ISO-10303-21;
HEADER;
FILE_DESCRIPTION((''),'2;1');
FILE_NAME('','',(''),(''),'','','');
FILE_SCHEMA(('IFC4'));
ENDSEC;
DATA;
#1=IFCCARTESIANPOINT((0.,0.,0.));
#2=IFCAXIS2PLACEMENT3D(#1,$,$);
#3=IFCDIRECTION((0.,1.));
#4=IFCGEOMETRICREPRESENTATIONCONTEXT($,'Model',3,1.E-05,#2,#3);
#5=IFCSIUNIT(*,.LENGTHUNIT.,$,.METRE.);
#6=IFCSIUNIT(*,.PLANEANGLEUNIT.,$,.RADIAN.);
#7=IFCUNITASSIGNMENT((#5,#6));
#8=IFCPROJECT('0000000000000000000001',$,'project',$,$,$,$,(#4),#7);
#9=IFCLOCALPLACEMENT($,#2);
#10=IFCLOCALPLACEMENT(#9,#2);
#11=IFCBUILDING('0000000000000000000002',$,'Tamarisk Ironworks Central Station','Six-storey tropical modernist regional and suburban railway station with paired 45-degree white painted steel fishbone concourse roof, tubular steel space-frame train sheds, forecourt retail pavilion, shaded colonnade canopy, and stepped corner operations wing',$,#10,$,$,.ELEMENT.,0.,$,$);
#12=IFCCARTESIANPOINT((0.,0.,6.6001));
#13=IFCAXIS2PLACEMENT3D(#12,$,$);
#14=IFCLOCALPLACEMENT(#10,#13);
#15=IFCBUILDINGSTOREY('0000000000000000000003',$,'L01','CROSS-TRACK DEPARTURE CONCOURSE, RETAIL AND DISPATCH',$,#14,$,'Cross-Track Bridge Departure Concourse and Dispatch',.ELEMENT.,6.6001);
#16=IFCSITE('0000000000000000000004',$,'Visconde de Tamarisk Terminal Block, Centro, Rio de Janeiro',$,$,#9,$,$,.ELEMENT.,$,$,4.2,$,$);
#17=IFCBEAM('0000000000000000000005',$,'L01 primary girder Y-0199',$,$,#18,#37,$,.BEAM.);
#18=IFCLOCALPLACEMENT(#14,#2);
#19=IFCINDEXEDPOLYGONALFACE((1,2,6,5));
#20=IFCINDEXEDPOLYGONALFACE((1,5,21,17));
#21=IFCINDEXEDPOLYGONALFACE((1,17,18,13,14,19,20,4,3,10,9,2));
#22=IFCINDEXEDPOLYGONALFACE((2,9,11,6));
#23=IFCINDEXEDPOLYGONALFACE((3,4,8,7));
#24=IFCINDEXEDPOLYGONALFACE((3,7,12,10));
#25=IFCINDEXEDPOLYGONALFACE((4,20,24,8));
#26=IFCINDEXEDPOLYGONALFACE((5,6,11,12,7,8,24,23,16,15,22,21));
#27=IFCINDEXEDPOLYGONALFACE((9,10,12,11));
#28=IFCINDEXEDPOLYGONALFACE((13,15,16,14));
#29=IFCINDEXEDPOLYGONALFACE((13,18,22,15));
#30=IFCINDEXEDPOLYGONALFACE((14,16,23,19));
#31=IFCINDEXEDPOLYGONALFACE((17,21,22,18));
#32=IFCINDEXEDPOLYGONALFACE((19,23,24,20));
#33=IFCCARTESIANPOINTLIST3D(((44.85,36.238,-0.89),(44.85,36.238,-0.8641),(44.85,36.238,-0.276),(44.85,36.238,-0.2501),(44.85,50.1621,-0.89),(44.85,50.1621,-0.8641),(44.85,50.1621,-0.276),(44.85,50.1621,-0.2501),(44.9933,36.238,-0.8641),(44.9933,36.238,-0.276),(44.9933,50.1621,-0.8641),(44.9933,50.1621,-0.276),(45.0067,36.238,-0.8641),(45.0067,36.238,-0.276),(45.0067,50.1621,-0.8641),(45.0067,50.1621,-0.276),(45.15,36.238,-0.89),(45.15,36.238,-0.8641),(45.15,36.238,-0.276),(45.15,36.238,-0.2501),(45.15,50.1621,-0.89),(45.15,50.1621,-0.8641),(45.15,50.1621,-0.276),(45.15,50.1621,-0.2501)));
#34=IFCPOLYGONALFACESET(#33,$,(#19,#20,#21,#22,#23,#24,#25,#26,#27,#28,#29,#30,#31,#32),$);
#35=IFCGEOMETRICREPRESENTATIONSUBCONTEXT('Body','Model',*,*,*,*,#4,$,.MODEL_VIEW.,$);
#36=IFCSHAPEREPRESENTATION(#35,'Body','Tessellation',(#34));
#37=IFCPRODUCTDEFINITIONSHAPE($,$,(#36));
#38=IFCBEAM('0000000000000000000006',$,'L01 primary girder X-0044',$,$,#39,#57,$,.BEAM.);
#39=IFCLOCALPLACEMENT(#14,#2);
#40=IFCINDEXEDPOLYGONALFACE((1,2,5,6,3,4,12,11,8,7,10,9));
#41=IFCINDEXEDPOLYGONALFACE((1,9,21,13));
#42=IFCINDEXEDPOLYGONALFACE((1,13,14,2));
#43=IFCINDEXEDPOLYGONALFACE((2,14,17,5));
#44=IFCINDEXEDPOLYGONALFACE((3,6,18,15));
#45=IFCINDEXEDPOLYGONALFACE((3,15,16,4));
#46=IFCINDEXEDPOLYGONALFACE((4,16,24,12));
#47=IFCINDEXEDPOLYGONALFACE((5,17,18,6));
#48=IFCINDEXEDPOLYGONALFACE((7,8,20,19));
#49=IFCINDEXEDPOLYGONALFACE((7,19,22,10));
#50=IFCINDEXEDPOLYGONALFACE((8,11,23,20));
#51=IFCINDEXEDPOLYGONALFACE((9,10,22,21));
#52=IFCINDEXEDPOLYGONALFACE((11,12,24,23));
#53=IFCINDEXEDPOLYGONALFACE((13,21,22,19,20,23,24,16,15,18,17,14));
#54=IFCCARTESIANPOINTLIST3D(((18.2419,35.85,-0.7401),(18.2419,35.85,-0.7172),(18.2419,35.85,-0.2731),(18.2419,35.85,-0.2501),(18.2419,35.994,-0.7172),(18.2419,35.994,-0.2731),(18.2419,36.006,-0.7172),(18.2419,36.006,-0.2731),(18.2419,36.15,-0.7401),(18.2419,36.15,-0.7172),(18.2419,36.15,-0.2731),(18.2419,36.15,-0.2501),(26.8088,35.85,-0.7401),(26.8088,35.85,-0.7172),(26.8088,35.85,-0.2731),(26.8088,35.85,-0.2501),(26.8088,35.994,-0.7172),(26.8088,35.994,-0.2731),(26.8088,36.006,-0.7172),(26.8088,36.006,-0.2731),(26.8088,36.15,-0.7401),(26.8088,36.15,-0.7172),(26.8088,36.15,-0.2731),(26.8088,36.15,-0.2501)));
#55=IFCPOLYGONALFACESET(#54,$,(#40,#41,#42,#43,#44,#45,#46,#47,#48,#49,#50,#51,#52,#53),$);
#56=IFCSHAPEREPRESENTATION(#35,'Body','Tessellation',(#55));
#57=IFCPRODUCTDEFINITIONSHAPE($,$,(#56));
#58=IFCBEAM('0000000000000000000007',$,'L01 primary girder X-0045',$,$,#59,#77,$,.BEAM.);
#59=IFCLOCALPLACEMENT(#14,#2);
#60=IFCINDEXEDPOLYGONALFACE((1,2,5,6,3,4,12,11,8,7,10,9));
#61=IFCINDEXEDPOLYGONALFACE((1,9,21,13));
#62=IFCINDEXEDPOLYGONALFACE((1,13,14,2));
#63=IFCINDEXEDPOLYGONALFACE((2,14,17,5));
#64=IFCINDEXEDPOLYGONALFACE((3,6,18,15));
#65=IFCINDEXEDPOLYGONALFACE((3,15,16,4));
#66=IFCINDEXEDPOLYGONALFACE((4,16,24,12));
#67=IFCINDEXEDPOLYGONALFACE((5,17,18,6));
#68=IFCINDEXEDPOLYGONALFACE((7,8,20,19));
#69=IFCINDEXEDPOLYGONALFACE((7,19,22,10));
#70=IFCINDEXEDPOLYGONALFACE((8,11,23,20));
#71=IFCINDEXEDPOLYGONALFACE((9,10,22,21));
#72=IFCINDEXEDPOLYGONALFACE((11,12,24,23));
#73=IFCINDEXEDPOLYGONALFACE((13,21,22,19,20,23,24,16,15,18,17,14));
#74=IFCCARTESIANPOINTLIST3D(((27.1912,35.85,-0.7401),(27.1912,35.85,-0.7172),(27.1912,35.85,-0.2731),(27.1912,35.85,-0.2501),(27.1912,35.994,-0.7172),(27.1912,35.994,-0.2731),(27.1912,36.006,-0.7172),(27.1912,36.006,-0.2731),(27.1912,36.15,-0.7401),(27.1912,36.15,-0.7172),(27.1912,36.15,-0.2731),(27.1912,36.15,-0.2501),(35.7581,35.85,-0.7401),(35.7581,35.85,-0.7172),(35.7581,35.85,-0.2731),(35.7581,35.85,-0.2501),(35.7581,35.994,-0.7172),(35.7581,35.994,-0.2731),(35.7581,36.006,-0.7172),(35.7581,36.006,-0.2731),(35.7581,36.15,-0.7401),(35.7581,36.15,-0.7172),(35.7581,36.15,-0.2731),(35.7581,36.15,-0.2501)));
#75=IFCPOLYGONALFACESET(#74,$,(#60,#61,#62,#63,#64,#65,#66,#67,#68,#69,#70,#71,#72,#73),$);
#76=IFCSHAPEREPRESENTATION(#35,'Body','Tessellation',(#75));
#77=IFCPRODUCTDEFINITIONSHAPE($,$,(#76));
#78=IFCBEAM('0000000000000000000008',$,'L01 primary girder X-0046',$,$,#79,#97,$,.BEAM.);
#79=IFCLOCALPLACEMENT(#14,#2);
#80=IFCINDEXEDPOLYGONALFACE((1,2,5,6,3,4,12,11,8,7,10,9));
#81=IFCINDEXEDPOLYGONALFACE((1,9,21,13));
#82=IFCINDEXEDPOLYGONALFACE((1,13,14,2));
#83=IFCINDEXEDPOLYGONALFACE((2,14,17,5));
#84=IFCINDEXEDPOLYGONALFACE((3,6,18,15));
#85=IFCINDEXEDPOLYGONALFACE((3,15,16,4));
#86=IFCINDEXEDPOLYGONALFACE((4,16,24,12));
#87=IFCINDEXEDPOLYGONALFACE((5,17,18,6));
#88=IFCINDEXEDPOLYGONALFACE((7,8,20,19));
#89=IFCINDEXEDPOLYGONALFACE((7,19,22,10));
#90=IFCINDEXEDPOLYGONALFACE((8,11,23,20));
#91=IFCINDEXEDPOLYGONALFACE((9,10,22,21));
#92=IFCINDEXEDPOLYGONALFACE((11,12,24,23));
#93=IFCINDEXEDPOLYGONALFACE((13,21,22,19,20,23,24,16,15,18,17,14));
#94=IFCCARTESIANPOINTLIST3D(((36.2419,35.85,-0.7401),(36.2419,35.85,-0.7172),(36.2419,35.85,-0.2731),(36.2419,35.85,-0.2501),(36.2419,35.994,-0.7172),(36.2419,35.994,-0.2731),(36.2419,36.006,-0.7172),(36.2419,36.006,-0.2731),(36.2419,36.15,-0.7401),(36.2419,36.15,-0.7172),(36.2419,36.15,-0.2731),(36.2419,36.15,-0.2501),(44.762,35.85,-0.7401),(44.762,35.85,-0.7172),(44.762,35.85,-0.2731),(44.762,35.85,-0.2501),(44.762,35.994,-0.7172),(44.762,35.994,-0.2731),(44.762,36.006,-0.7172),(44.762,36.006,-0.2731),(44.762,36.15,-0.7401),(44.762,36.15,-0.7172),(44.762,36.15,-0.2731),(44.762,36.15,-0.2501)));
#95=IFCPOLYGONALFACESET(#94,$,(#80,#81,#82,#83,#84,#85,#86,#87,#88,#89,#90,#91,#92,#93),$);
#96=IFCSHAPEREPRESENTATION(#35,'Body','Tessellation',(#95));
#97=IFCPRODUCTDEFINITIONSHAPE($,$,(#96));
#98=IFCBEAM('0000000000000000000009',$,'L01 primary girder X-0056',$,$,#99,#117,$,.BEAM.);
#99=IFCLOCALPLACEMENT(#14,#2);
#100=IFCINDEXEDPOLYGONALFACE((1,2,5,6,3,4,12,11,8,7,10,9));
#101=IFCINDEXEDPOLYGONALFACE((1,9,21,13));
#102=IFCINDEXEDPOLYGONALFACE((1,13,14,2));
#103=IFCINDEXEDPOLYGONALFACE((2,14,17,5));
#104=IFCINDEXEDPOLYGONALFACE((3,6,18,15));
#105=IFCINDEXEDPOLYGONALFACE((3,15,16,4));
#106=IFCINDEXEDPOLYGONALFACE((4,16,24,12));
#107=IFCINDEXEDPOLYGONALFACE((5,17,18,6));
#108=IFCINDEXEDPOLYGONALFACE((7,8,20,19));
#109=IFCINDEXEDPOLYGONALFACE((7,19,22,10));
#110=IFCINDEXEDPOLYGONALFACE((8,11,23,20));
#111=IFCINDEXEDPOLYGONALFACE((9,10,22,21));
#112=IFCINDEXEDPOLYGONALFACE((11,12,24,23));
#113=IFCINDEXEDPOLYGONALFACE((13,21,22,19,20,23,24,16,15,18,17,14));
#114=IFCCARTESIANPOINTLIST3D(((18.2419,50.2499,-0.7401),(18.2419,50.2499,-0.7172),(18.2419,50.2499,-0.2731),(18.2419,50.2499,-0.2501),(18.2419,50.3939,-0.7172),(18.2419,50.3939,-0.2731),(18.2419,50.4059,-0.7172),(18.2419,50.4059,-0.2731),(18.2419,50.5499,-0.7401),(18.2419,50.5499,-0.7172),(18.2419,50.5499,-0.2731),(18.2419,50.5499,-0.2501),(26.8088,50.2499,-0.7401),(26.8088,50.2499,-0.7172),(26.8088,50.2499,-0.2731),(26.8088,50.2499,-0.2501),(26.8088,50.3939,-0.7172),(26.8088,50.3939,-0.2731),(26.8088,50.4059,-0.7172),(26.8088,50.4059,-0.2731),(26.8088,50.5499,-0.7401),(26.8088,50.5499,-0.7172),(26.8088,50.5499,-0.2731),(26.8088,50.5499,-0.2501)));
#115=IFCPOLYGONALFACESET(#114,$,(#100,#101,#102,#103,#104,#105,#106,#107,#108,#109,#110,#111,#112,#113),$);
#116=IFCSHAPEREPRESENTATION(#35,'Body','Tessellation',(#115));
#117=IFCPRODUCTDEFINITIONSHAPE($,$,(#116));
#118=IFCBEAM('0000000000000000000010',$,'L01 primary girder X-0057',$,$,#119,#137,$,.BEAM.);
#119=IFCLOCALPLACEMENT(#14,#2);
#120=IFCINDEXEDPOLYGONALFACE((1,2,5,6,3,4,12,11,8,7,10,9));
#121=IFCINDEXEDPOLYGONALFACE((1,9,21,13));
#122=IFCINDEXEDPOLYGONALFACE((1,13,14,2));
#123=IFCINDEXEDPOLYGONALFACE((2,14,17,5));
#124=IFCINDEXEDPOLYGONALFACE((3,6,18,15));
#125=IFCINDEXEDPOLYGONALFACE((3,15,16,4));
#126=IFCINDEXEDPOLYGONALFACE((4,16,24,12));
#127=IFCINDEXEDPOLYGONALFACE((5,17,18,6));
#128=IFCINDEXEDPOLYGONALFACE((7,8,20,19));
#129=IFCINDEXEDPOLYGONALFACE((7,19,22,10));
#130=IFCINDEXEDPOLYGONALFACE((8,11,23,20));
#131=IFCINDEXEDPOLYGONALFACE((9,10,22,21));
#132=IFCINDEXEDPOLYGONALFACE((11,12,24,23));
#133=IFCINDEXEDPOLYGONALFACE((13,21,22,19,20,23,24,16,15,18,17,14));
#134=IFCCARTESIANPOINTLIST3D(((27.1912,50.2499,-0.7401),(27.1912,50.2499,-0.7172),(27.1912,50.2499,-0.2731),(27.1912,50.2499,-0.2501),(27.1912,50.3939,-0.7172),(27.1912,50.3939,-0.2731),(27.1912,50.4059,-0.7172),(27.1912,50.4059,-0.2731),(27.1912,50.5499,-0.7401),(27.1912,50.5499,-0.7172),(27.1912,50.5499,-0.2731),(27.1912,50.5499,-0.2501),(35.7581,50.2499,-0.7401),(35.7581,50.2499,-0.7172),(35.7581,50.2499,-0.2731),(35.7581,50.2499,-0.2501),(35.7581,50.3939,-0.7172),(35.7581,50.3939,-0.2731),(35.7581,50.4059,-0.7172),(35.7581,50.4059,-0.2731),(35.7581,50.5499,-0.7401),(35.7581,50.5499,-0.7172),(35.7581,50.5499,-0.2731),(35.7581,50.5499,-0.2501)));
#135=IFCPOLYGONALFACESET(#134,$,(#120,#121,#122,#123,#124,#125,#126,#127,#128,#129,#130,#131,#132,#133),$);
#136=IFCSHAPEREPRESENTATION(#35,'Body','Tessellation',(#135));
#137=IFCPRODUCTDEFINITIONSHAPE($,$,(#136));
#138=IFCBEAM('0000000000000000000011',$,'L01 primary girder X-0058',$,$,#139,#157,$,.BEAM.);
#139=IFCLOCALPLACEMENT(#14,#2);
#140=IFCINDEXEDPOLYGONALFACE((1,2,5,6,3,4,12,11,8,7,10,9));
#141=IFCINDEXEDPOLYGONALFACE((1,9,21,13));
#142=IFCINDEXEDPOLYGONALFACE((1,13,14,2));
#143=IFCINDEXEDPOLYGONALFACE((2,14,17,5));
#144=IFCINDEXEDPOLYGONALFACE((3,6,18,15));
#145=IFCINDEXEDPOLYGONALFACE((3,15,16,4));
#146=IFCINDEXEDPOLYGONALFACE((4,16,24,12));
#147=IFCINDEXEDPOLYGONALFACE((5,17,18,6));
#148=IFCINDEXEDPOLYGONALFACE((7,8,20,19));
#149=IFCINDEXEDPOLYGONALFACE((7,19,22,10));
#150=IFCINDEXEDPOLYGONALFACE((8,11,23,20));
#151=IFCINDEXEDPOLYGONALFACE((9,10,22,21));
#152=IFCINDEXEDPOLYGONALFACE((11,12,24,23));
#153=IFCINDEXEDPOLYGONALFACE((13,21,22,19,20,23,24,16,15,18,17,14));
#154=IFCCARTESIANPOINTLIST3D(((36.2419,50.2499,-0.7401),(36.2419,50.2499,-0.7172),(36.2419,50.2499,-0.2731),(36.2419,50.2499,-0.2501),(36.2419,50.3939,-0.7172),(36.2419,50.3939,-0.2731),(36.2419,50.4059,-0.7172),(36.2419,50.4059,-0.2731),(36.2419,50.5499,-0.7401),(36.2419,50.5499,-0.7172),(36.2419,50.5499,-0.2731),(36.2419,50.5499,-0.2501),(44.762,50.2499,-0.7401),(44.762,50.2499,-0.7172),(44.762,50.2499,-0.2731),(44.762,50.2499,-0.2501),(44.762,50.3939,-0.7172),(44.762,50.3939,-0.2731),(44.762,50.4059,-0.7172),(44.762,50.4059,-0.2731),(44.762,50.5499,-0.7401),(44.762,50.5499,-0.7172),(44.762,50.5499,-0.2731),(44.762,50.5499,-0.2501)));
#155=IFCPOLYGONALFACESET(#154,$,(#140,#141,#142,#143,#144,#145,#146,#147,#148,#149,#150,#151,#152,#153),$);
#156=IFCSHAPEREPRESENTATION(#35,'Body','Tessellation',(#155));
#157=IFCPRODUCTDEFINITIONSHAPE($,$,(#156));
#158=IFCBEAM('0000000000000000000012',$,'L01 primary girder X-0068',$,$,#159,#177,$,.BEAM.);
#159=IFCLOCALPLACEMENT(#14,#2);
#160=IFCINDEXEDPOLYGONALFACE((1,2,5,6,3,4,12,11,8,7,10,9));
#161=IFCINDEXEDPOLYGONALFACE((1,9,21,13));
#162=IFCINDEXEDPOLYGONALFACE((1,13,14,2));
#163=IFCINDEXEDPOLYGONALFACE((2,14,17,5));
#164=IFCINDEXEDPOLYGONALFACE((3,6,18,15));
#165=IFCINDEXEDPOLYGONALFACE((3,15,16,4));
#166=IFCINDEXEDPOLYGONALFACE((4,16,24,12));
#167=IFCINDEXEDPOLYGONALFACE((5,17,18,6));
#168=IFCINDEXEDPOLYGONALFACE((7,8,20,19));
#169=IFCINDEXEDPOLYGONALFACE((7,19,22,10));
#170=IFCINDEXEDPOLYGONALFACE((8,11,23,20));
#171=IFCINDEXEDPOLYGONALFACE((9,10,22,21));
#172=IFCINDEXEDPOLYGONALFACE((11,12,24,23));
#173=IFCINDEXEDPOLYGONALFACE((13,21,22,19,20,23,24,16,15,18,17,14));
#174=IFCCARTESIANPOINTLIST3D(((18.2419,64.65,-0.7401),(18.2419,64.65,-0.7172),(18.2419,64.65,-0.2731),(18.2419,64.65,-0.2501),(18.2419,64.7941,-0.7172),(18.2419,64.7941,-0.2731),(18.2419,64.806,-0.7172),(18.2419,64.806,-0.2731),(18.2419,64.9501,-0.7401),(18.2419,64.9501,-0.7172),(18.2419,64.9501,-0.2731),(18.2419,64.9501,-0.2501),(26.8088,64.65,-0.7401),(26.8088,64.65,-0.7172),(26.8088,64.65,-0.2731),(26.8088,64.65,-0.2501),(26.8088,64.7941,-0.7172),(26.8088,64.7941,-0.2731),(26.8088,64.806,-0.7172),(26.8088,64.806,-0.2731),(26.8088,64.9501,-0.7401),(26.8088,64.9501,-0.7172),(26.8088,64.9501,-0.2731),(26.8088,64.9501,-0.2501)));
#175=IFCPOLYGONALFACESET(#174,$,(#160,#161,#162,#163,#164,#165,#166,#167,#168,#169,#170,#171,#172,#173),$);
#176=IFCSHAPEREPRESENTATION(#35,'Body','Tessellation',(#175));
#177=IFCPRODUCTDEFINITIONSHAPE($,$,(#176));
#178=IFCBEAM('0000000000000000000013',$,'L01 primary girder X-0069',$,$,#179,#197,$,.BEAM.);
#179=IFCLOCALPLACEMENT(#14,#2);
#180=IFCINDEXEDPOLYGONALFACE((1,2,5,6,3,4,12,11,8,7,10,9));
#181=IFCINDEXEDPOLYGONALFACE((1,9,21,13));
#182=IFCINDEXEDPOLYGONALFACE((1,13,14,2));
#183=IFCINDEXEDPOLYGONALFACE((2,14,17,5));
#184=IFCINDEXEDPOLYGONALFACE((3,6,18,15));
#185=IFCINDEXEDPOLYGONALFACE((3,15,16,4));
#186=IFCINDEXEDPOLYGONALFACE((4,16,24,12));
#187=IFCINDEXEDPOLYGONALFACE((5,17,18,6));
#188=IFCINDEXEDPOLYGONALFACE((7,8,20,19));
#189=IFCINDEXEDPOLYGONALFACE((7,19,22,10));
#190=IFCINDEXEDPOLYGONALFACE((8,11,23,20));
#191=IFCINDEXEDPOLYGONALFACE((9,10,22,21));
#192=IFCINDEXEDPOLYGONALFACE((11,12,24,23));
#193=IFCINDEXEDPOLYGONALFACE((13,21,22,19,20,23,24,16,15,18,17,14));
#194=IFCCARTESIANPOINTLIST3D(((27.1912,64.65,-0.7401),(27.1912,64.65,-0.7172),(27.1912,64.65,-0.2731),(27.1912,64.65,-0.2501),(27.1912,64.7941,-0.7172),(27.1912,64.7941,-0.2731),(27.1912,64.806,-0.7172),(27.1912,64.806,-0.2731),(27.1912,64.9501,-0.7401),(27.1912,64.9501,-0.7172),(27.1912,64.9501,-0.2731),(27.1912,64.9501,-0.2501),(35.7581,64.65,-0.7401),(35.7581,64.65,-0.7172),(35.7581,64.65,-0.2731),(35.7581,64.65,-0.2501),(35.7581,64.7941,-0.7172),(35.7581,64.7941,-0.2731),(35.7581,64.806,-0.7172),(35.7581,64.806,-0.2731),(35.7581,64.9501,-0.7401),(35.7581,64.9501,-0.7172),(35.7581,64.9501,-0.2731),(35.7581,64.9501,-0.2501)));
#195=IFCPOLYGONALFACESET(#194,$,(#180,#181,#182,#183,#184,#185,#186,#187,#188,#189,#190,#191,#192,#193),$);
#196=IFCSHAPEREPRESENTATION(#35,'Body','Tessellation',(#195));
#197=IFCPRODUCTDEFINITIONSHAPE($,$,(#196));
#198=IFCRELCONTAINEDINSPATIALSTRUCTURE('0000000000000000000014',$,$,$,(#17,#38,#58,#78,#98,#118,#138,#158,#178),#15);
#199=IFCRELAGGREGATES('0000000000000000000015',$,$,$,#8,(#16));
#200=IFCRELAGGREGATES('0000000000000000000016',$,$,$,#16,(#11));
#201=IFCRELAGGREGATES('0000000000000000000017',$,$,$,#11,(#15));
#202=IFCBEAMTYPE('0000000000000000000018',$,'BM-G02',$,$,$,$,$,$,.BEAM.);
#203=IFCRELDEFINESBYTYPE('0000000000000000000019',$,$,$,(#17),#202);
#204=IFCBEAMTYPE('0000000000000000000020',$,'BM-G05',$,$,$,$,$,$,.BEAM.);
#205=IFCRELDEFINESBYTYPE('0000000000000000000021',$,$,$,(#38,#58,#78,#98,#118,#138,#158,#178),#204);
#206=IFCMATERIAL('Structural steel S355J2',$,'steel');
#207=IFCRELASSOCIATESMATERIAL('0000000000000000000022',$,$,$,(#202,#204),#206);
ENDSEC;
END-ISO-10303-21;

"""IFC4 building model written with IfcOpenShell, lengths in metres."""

from ifc_helpers import new_model, si_unit, direction, frame, origin, origin_2d, place, context, subcontext, project, spatial, i_section, extrude, material, material_profile, profile_set, type_object, element, save


model = new_model("IFC4")

# Units and contexts
model_context = context("Model", 3, precision=1e-05, world=origin(), true_north=direction((0.0, 1.0)))
body_context = subcontext(model_context, "Body", "Model", "MODEL_VIEW")
ifc_project = project(units=[si_unit("LENGTHUNIT", "METRE"), si_unit("PLANEANGLEUNIT", "RADIAN")], contexts=[model_context])

# Site, building, storey
site_placement = place(None, origin())
site = spatial("IfcSite", under=ifc_project, at=site_placement, Name="Visconde de Tamarisk Terminal Block, Centro, Rio de Janeiro", CompositionType="ELEMENT", RefElevation=4.2)
building_placement = place(site_placement, origin())
building = spatial("IfcBuilding", under=site, at=building_placement, Name="Tamarisk Ironworks Central Station", Description="Six-storey tropical modernist regional and suburban railway station with paired 45-degree white painted steel fishbone concourse roof, tubular steel space-frame train sheds, forecourt retail pavilion, shaded colonnade canopy, and stepped corner operations wing", CompositionType="ELEMENT", ElevationOfRefHeight=0.0)
storey_placement = place(building_placement, frame((0.0, 0.0, 6.6001)))
storey = spatial("IfcBuildingStorey", under=building, at=storey_placement, Name="L01", Description="CROSS-TRACK DEPARTURE CONCOURSE, RETAIL AND DISPATCH", LongName="Cross-Track Bridge Departure Concourse and Dispatch", CompositionType="ELEMENT", Elevation=6.6001)

# Beams
ifc_material_1 = material(Name="Structural steel S355J2", Category="steel")
ifc_material_profile_1 = material_profile(ifc_material_1, i_section(OverallWidth=0.3, OverallDepth=0.6399, WebThickness=0.0134, FlangeThickness=0.0259, at=origin_2d()), Name="HEA 650")
ifc_profile_set_1 = profile_set([ifc_material_profile_1], Name="Structural steel S355J2")
beam_type_1 = type_object("IfcBeamType", Name="BM-G02", PredefinedType="BEAM", material=ifc_profile_set_1)
beam_1_placement = place(storey_placement, frame((45.0, 36.238, -0.5701), z_axis=(0.0, 1.0, 0.0), x_axis=(-1.0, 0.0, 0.0)))
element("IfcBeam", 1, at=beam_1_placement, inside=storey, type_object=beam_type_1, Name="L01 primary girder Y-0199", PredefinedType="BEAM", context=body_context, shape_type="SweptSolid", body=[
    extrude(i_section(OverallWidth=0.3, OverallDepth=0.6399, WebThickness=0.0134, FlangeThickness=0.0259, at=origin_2d()), origin(), (0.0, 0.0, 1.0), 13.9241),
])
ifc_material_profile_2 = material_profile(ifc_material_1, i_section(OverallWidth=0.3, OverallDepth=0.49, WebThickness=0.012, FlangeThickness=0.0229, at=origin_2d()), Name="HEA 500")
ifc_profile_set_2 = profile_set([ifc_material_profile_2], Name="Structural steel S355J2")
beam_type_2 = type_object("IfcBeamType", Name="BM-G05", PredefinedType="BEAM", material=ifc_profile_set_2)
for number, where, z_axis, x_axis, name in (
    (2, (18.2419, 36.0, -0.4951), (1.0, 0.0, 0.0), (0.0, 1.0, 0.0), "L01 primary girder X-0044"),
    (3, (27.1912, 36.0, -0.4951), (1.0, 0.0, 0.0), (0.0, 1.0, 0.0), "L01 primary girder X-0045"),
):
    element("IfcBeam", number, at=place(storey_placement, frame(where, z_axis=z_axis, x_axis=x_axis)), inside=storey, type_object=beam_type_2, Name=name, PredefinedType="BEAM", context=body_context, shape_type="SweptSolid", body=[
        extrude(i_section(OverallWidth=0.3, OverallDepth=0.49, WebThickness=0.012, FlangeThickness=0.0229, at=origin_2d()), origin(), (0.0, 0.0, 1.0), 8.5669),
    ])
beam_2_placement = place(storey_placement, frame((36.2419, 36.0, -0.4951), z_axis=(1.0, 0.0, 0.0), x_axis=(0.0, 1.0, 0.0)))
element("IfcBeam", 4, at=beam_2_placement, inside=storey, type_object=beam_type_2, Name="L01 primary girder X-0046", PredefinedType="BEAM", context=body_context, shape_type="SweptSolid", body=[
    extrude(i_section(OverallWidth=0.3, OverallDepth=0.49, WebThickness=0.012, FlangeThickness=0.0229, at=origin_2d()), origin(), (0.0, 0.0, 1.0), 8.52),
])
for number, where, z_axis, x_axis, name in (
    (5, (18.2419, 50.3999, -0.4951), (1.0, 0.0, 0.0), (0.0, 1.0, 0.0), "L01 primary girder X-0056"),
    (6, (27.1912, 50.3999, -0.4951), (1.0, 0.0, 0.0), (0.0, 1.0, 0.0), "L01 primary girder X-0057"),
):
    element("IfcBeam", number, at=place(storey_placement, frame(where, z_axis=z_axis, x_axis=x_axis)), inside=storey, type_object=beam_type_2, Name=name, PredefinedType="BEAM", context=body_context, shape_type="SweptSolid", body=[
        extrude(i_section(OverallWidth=0.3, OverallDepth=0.49, WebThickness=0.012, FlangeThickness=0.0229, at=origin_2d()), origin(), (0.0, 0.0, 1.0), 8.5669),
    ])
beam_3_placement = place(storey_placement, frame((36.2419, 50.3999, -0.4951), z_axis=(1.0, 0.0, 0.0), x_axis=(0.0, 1.0, 0.0)))
element("IfcBeam", 7, at=beam_3_placement, inside=storey, type_object=beam_type_2, Name="L01 primary girder X-0058", PredefinedType="BEAM", context=body_context, shape_type="SweptSolid", body=[
    extrude(i_section(OverallWidth=0.3, OverallDepth=0.49, WebThickness=0.012, FlangeThickness=0.0229, at=origin_2d()), origin(), (0.0, 0.0, 1.0), 8.52),
])
for number, where, z_axis, x_axis, name in (
    (8, (18.2419, 64.8, -0.4951), (1.0, 0.0, 0.0), (0.0, 1.0, 0.0), "L01 primary girder X-0068"),
    (9, (27.1912, 64.8, -0.4951), (1.0, 0.0, 0.0), (0.0, 1.0, 0.0), "L01 primary girder X-0069"),
):
    element("IfcBeam", number, at=place(storey_placement, frame(where, z_axis=z_axis, x_axis=x_axis)), inside=storey, type_object=beam_type_2, Name=name, PredefinedType="BEAM", context=body_context, shape_type="SweptSolid", body=[
        extrude(i_section(OverallWidth=0.3, OverallDepth=0.49, WebThickness=0.012, FlangeThickness=0.0229, at=origin_2d()), origin(), (0.0, 0.0, 1.0), 8.5669),
    ])

save(model, "model.ifc")
